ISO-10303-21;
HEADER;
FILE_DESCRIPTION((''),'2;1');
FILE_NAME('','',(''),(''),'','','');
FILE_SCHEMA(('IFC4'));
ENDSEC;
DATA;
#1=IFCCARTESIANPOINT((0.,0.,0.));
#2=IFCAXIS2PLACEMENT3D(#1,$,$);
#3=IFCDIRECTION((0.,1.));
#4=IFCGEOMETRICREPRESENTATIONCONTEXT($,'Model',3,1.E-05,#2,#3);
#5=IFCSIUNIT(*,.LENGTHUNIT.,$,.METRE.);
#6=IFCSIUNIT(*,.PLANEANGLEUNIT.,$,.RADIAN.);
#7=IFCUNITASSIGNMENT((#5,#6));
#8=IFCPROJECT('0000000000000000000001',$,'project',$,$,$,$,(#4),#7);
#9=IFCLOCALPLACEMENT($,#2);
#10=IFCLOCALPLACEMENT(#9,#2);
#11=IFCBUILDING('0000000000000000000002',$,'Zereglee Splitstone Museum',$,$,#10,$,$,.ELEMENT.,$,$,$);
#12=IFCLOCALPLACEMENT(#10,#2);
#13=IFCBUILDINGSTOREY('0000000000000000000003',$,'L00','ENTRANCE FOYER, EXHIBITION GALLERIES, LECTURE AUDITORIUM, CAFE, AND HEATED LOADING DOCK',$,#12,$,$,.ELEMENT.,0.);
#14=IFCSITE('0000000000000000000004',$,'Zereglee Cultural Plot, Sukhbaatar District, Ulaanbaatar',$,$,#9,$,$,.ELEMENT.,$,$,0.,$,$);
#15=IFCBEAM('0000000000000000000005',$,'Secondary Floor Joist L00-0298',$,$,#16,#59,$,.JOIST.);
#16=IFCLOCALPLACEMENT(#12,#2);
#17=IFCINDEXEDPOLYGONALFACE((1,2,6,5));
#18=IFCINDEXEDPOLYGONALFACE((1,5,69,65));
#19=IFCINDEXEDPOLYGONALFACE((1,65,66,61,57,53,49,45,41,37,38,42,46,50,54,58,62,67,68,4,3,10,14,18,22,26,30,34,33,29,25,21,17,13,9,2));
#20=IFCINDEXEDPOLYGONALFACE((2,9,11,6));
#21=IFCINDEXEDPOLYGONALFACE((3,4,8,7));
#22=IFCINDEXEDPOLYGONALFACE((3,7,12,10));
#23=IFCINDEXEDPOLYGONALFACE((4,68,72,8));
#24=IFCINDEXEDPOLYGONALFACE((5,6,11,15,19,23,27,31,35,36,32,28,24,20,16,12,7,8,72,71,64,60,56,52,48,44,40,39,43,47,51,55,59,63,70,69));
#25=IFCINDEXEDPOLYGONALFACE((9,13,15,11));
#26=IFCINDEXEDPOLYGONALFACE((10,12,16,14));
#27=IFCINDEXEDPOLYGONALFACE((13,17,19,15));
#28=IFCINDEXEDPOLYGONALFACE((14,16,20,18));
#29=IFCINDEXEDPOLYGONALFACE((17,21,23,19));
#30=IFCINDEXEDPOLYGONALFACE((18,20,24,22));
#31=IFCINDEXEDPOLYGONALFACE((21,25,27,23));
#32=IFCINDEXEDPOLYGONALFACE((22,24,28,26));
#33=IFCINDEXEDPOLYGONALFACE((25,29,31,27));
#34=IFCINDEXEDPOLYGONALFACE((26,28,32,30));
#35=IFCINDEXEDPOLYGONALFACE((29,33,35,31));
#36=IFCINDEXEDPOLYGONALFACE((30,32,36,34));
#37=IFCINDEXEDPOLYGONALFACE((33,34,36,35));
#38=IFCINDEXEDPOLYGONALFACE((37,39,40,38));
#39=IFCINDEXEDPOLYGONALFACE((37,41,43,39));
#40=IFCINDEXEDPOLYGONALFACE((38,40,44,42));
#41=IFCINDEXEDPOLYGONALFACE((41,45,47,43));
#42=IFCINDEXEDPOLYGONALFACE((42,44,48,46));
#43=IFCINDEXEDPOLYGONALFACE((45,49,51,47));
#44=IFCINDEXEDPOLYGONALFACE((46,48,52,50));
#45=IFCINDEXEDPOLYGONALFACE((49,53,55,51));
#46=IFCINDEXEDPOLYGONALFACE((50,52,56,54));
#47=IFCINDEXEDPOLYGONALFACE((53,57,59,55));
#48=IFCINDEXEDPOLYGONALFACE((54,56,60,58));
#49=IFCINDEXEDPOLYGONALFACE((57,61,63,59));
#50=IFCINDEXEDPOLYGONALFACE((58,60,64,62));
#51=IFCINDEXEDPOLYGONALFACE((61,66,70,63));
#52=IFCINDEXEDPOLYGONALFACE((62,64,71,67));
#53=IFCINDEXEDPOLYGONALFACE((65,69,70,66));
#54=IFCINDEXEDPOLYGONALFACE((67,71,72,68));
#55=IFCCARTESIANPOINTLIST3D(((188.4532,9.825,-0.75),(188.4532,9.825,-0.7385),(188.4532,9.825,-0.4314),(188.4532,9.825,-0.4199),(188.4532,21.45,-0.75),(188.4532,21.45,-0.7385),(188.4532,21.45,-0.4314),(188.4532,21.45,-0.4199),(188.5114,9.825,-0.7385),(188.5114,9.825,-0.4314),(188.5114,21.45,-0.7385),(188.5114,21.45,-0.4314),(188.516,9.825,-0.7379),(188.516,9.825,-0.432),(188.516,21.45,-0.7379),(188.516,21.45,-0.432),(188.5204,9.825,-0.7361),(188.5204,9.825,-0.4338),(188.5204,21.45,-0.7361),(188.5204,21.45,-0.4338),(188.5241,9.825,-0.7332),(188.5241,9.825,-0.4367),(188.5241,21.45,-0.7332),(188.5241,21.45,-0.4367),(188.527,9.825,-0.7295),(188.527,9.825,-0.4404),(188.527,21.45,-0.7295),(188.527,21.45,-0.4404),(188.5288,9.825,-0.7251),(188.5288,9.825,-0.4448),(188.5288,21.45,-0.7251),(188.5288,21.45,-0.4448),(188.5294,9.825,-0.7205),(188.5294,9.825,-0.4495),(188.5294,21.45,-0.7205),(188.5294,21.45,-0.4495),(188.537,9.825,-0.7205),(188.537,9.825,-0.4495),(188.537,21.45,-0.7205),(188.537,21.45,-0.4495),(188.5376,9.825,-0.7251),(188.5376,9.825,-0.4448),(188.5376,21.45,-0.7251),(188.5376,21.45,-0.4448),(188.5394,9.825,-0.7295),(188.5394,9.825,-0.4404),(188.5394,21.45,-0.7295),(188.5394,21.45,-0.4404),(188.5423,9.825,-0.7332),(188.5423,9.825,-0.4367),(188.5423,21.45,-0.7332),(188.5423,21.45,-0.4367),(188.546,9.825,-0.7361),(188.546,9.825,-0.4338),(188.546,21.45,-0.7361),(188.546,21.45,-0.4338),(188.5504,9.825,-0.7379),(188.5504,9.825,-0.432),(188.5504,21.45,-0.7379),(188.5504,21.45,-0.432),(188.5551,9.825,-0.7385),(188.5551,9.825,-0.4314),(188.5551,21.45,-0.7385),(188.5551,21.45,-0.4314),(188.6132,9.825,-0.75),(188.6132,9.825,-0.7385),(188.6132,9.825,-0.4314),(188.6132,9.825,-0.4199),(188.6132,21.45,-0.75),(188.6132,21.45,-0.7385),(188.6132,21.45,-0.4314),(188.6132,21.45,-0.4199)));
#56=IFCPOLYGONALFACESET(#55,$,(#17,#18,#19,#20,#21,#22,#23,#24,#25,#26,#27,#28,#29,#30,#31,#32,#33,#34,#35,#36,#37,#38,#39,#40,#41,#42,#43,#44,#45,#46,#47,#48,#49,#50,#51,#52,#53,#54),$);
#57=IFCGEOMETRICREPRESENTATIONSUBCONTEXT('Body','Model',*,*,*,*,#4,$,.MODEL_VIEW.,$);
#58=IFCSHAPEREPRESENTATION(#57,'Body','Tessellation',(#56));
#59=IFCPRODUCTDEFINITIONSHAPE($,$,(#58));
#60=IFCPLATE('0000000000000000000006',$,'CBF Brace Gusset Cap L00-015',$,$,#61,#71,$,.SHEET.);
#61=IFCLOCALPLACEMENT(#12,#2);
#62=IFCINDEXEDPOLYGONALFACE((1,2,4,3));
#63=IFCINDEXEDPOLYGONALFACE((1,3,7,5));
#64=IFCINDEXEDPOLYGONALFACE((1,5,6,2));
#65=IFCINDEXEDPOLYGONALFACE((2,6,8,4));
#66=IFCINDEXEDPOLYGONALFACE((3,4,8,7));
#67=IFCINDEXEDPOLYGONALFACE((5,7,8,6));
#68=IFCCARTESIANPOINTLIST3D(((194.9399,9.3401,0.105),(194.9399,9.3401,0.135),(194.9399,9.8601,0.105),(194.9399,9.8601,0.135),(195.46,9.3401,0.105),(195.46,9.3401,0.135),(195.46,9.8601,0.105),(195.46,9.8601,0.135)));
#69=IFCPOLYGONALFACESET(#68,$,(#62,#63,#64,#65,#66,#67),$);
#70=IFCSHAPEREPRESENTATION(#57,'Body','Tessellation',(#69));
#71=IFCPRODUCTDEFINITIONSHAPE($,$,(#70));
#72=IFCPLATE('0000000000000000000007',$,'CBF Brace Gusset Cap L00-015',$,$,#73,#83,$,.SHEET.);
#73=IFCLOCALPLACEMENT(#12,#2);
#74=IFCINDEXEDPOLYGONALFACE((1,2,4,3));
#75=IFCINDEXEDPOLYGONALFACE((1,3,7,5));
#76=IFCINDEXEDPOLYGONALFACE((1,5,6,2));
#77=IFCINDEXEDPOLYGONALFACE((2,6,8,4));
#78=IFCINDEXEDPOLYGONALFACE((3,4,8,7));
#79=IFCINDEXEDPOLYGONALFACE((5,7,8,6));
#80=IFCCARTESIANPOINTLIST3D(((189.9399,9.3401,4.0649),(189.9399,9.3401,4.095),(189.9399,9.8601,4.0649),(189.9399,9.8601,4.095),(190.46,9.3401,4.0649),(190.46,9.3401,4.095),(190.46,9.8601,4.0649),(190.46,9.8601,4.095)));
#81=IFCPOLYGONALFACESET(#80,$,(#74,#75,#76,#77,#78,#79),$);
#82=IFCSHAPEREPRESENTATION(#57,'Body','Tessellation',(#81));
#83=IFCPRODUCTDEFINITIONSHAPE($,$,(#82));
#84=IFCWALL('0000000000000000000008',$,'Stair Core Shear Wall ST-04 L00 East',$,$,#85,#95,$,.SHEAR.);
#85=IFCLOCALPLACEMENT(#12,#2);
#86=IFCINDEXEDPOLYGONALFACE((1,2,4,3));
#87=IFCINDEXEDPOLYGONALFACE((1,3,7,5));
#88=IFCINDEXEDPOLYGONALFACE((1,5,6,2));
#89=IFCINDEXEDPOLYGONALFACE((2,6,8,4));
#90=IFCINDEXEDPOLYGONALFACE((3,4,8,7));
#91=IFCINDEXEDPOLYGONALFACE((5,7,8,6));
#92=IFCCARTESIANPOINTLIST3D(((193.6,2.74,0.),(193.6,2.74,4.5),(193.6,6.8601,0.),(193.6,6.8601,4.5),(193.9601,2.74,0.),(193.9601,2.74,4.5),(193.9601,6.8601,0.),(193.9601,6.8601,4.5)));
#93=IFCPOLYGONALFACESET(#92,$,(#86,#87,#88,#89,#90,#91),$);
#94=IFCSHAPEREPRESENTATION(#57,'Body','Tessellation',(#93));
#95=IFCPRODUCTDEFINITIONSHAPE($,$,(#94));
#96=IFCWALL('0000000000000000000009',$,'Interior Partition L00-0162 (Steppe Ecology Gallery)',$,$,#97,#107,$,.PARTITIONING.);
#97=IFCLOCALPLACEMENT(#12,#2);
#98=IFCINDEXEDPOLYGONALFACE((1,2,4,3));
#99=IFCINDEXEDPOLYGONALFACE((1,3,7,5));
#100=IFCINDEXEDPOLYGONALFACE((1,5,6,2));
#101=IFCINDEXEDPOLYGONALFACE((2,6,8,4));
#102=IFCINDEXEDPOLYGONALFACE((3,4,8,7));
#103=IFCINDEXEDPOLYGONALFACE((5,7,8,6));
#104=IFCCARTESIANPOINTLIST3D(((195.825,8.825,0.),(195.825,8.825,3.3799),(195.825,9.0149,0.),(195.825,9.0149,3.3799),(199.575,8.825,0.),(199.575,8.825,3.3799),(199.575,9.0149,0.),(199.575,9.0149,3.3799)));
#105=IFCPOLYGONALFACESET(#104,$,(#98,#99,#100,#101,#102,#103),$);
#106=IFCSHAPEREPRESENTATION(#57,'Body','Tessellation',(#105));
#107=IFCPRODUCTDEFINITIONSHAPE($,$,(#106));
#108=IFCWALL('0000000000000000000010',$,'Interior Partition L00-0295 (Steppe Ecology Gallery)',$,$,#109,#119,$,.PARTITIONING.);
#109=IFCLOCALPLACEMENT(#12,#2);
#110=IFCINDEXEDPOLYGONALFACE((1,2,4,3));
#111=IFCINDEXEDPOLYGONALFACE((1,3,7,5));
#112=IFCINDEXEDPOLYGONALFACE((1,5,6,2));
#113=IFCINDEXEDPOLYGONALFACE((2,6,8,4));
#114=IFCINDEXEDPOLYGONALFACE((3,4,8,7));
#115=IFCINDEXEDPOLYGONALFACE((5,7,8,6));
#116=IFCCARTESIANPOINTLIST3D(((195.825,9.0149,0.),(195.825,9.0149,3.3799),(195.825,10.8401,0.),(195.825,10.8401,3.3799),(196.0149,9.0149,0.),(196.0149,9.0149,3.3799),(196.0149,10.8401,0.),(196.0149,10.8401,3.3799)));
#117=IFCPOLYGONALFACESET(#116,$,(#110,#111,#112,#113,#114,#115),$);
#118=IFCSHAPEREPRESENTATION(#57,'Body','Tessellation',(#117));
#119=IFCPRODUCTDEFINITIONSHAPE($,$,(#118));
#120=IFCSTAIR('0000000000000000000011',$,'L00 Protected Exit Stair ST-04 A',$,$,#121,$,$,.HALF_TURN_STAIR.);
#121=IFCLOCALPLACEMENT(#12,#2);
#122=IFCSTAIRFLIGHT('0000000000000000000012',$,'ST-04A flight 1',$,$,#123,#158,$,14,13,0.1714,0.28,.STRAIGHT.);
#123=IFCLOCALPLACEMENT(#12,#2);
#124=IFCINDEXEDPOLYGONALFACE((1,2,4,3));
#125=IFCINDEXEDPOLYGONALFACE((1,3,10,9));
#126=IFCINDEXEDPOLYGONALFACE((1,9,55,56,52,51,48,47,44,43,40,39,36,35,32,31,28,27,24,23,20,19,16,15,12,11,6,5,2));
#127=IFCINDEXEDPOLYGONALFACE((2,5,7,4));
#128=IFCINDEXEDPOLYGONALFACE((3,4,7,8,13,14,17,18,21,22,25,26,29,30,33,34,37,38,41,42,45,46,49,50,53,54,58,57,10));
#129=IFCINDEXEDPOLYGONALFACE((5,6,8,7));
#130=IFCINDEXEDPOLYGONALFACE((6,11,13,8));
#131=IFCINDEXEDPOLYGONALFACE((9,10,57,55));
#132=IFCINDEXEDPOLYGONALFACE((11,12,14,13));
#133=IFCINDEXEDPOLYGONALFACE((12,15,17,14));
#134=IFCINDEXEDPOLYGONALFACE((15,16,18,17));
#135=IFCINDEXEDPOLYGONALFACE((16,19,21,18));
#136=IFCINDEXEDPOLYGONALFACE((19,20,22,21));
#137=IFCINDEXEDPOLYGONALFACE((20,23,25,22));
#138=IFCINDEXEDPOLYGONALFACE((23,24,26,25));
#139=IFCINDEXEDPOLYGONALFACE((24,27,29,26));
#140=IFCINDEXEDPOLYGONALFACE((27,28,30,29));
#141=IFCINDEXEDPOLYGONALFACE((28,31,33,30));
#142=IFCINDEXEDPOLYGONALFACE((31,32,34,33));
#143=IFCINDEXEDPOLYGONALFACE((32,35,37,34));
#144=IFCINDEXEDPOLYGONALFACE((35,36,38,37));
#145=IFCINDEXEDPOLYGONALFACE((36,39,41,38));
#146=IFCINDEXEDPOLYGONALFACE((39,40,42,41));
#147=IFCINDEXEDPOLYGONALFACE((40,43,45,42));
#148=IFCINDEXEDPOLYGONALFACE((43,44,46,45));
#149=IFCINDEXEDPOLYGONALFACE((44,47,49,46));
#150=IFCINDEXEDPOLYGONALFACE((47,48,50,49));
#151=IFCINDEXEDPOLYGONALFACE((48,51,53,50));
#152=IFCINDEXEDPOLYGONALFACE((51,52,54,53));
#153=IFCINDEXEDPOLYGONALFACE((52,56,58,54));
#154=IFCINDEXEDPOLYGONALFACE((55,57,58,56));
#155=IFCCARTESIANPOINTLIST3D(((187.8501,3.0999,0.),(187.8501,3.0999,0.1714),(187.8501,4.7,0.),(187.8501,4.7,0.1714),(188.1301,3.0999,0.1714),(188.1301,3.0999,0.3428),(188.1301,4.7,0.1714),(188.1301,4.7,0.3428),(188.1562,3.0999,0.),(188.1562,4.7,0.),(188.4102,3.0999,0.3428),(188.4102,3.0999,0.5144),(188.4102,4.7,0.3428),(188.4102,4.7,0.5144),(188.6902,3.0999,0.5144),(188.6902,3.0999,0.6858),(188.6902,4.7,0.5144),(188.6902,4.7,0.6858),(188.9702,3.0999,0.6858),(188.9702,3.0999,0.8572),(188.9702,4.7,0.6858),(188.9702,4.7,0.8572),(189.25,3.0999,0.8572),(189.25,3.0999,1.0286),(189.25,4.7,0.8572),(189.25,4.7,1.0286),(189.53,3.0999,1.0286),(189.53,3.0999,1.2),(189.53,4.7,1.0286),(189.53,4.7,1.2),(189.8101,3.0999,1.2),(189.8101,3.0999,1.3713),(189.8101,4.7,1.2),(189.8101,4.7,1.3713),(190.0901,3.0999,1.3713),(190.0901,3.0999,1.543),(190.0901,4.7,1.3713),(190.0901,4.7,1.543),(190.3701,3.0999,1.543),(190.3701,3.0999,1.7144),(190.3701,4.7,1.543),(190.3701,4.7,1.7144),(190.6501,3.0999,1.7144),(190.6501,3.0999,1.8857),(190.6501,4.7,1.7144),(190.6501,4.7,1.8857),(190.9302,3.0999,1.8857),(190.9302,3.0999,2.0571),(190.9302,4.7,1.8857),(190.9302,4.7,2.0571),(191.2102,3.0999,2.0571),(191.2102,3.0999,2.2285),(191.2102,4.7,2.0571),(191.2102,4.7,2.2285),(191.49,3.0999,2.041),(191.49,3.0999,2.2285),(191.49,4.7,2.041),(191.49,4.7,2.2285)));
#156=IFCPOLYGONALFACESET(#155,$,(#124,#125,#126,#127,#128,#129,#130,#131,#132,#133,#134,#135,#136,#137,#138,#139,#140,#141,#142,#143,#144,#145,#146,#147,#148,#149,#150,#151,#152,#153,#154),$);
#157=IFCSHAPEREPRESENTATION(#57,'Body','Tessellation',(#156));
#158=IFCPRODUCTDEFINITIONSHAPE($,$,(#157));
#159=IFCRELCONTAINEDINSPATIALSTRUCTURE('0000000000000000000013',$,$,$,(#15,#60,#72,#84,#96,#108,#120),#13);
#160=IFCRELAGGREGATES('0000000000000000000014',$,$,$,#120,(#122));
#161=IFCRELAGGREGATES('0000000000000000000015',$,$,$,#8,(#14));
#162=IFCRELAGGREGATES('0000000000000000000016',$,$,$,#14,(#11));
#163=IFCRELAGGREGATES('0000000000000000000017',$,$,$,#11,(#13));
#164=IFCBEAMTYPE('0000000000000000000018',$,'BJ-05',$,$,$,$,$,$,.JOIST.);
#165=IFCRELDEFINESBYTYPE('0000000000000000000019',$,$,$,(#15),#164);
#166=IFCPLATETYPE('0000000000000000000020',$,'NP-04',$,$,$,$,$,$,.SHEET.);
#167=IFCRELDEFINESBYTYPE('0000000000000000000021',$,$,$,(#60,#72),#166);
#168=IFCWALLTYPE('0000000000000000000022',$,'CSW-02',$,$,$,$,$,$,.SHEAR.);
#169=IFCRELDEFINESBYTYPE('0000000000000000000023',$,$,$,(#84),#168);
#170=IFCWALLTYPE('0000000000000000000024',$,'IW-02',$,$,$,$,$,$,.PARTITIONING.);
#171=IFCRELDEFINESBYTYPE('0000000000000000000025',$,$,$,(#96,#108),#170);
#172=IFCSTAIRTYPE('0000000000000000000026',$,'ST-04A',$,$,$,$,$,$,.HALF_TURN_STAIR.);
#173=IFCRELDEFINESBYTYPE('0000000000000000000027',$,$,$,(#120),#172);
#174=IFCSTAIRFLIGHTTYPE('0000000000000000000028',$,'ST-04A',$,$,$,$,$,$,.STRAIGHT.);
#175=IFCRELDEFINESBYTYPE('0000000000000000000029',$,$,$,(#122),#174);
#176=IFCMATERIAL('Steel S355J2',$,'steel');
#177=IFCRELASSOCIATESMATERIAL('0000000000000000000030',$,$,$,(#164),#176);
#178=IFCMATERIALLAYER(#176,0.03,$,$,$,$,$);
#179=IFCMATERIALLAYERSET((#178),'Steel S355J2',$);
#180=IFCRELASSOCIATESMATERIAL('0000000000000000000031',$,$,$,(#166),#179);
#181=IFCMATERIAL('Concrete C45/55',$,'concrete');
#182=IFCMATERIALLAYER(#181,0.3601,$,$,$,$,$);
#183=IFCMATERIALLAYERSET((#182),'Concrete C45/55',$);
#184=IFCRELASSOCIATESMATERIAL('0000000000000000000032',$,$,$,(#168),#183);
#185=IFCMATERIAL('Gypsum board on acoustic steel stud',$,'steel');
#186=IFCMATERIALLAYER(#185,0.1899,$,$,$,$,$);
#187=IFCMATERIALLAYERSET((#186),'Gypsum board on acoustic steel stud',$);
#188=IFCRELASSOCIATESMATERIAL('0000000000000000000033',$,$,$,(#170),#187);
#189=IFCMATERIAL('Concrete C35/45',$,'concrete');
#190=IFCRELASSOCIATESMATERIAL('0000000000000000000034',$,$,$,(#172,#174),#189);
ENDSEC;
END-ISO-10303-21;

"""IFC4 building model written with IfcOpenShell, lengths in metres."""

from ifc_helpers import new_model, si_unit, direction, frame, frame_2d, origin, origin_2d, place, context, subcontext, project, spatial, polyline, rectangle, i_section, outline, extrude, material, layer, layer_set, material_profile, profile_set, type_object, element, aggregate, save


model = new_model("IFC4")

# Units and contexts
model_context = context("Model", 3, precision=1e-05, world=origin(), true_north=direction((0.0, 1.0)))
body_context = subcontext(model_context, "Body", "Model", "MODEL_VIEW")
ifc_project = project(units=[si_unit("LENGTHUNIT", "METRE"), si_unit("PLANEANGLEUNIT", "RADIAN")], contexts=[model_context])

# Site, building, storey
site_placement = place(None, origin())
site = spatial("IfcSite", under=ifc_project, at=site_placement, Name="Zereglee Cultural Plot, Sukhbaatar District, Ulaanbaatar", CompositionType="ELEMENT", RefElevation=0.0)
building_placement = place(site_placement, origin())
building = spatial("IfcBuilding", under=site, at=building_placement, Name="Zereglee Splitstone Museum", CompositionType="ELEMENT")
storey_placement = place(building_placement, origin())
storey = spatial("IfcBuildingStorey", under=building, at=storey_placement, Name="L00", Description="ENTRANCE FOYER, EXHIBITION GALLERIES, LECTURE AUDITORIUM, CAFE, AND HEATED LOADING DOCK", CompositionType="ELEMENT", Elevation=0.0)

# Shared definitions
ifc_material_1 = material(Name="Concrete C45/55", Category="concrete")

# Beam
ifc_material_2 = material(Name="Steel S355J2", Category="steel")
ifc_material_profile_1 = material_profile(ifc_material_2, i_section(OverallWidth=0.1599, OverallDepth=0.3301, WebThickness=0.0076, FlangeThickness=0.0115, FilletRadius=0.0181, at=origin_2d()), Name="IPE 330")
ifc_profile_set_1 = profile_set([ifc_material_profile_1], Name="Steel S355J2")
beam_type_1 = type_object("IfcBeamType", Name="BJ-05", PredefinedType="JOIST", material=ifc_profile_set_1)
beam_1_placement = place(storey_placement, frame((188.5332, 9.825, -0.585), z_axis=(0.0, 1.0, 0.0), x_axis=(-1.0, 0.0, 0.0)))
element("IfcBeam", 1, at=beam_1_placement, inside=storey, type_object=beam_type_1, Name="Secondary Floor Joist L00-0298", PredefinedType="JOIST", context=body_context, shape_type="SweptSolid", body=[
    extrude(i_section(OverallWidth=0.1599, OverallDepth=0.3301, WebThickness=0.0076, FlangeThickness=0.0115, FilletRadius=0.0181, at=origin_2d()), origin(), (0.0, 0.0, 1.0), 11.625),
])

# Plates
ifc_layer_1 = layer(ifc_material_2, 0.03)
ifc_layer_set_1 = layer_set([ifc_layer_1], Name="Steel S355J2")
plate_type = type_object("IfcPlateType", Name="NP-04", PredefinedType="SHEET", material=ifc_layer_set_1)
for number, where, z_axis, x_axis, name in (
    (2, (195.2, 9.6001, 0.105), (0.0, 0.0, 1.0), (1.0, 0.0, 0.0), "CBF Brace Gusset Cap L00-015"),
    (3, (190.2, 9.6001, 4.0649), (0.0, 0.0, 1.0), (1.0, 0.0, 0.0), "CBF Brace Gusset Cap L00-015"),
):
    element("IfcPlate", number, at=place(storey_placement, frame(where, z_axis=z_axis, x_axis=x_axis)), inside=storey, type_object=plate_type, Name=name, PredefinedType="SHEET", context=body_context, shape_type="SweptSolid", body=[
        extrude(rectangle(XDim=0.52, YDim=0.52, at=origin_2d()), origin(), (0.0, 0.0, 1.0), 0.03),
    ])

# Walls
ifc_layer_2 = layer(ifc_material_1, 0.3601)
ifc_layer_set_2 = layer_set([ifc_layer_2], Name="Concrete C45/55")
wall_type_1 = type_object("IfcWallType", Name="CSW-02", PredefinedType="SHEAR", material=ifc_layer_set_2)
wall_1_placement = place(storey_placement, frame((193.78, 2.74, 0.0), z_axis=(0.0, 0.0, 1.0), x_axis=(0.0, 1.0, 0.0)))
element("IfcWall", 4, at=wall_1_placement, inside=storey, type_object=wall_type_1, Name="Stair Core Shear Wall ST-04 L00 East", PredefinedType="SHEAR", context=body_context, shape_type="SweptSolid", body=[
    extrude(rectangle(XDim=4.1201, YDim=0.3601, at=frame_2d((2.0601, 0.0))), origin(), (0.0, 0.0, 1.0), 4.5),
])
ifc_material_3 = material(Name="Gypsum board on acoustic steel stud", Category="steel")
ifc_layer_3 = layer(ifc_material_3, 0.1899)
ifc_layer_set_3 = layer_set([ifc_layer_3], Name="Gypsum board on acoustic steel stud")
wall_type_2 = type_object("IfcWallType", Name="IW-02", PredefinedType="PARTITIONING", material=ifc_layer_set_3)
wall_2_placement = place(storey_placement, frame((195.825, 8.9199, 0.0), z_axis=(0.0, 0.0, 1.0), x_axis=(1.0, 0.0, 0.0)))
element("IfcWall", 5, at=wall_2_placement, inside=storey, type_object=wall_type_2, Name="Interior Partition L00-0162 (Steppe Ecology Gallery)", PredefinedType="PARTITIONING", context=body_context, shape_type="SweptSolid", body=[
    extrude(rectangle(XDim=3.75, YDim=0.1899, at=frame_2d((1.875, 0.0))), origin(), (0.0, 0.0, 1.0), 3.3799),
])
wall_3_placement = place(storey_placement, frame((195.9199, 9.0149, 0.0), z_axis=(0.0, 0.0, 1.0), x_axis=(0.0, 1.0, 0.0)))
element("IfcWall", 6, at=wall_3_placement, inside=storey, type_object=wall_type_2, Name="Interior Partition L00-0295 (Steppe Ecology Gallery)", PredefinedType="PARTITIONING", context=body_context, shape_type="SweptSolid", body=[
    extrude(rectangle(XDim=1.8252, YDim=0.1899, at=frame_2d((0.9126, 0.0))), origin(), (0.0, 0.0, 1.0), 3.3799),
])

# Stair, stair flight
ifc_material_4 = material(Name="Concrete C35/45", Category="concrete")
stair_type = type_object("IfcStairType", Name="ST-04A", PredefinedType="HALF_TURN_STAIR", material=ifc_material_4)
stair_placement = place(storey_placement, origin())
stair = element("IfcStair", 7, at=stair_placement, inside=storey, type_object=stair_type, Name="L00 Protected Exit Stair ST-04 A", PredefinedType="HALF_TURN_STAIR")
stair_flight_type = type_object("IfcStairFlightType", Name="ST-04A", PredefinedType="STRAIGHT", material=ifc_material_4)
stair_flight_1_placement = place(storey_placement, frame((187.8501, 3.8999, 0.0), z_axis=(0.0, 0.0, 1.0), x_axis=(1.0, 0.0, 0.0)))
stair_flight_1 = element("IfcStairFlight", 8, at=stair_flight_1_placement, type_object=stair_flight_type, Name="ST-04A flight 1", NumberOfRisers=14, NumberOfTreads=13, PredefinedType="STRAIGHT", RiserHeight=0.1714, TreadLength=0.28, context=body_context, shape_type="SweptSolid", body=[
    extrude(outline(polyline([(0.0, 0.0), (0.0, 0.1714), (0.28, 0.1714), (0.28, 0.3428), (0.5601, 0.3428), (0.5601, 0.5144), (0.8401, 0.5144), (0.8401, 0.6858), (1.1201, 0.6858), (1.1201, 0.8572), (1.3999, 0.8572), (1.3999, 1.0286), (1.6799, 1.0286), (1.6799, 1.2), (1.96, 1.2), (1.96, 1.3713), (2.24, 1.3713), (2.24, 1.543), (2.52, 1.543), (2.52, 1.7144), (2.8, 1.7144), (2.8, 1.8857), (3.0801, 1.8857), (3.0801, 2.0571), (3.3601, 2.0571), (3.3601, 2.2285), (3.6399, 2.2285), (3.6399, 2.3999), (3.6399, 2.041), (0.3062, 0.0), (0.0, 0.0)])), frame((0.0, 0.8, 0.0), z_axis=(0.0, -1.0, 0.0), x_axis=(1.0, 0.0, 0.0)), (0.0, 0.0, 1.0), 1.6001),
])
aggregate(stair, [stair_flight_1])

save(model, "model.ifc")
